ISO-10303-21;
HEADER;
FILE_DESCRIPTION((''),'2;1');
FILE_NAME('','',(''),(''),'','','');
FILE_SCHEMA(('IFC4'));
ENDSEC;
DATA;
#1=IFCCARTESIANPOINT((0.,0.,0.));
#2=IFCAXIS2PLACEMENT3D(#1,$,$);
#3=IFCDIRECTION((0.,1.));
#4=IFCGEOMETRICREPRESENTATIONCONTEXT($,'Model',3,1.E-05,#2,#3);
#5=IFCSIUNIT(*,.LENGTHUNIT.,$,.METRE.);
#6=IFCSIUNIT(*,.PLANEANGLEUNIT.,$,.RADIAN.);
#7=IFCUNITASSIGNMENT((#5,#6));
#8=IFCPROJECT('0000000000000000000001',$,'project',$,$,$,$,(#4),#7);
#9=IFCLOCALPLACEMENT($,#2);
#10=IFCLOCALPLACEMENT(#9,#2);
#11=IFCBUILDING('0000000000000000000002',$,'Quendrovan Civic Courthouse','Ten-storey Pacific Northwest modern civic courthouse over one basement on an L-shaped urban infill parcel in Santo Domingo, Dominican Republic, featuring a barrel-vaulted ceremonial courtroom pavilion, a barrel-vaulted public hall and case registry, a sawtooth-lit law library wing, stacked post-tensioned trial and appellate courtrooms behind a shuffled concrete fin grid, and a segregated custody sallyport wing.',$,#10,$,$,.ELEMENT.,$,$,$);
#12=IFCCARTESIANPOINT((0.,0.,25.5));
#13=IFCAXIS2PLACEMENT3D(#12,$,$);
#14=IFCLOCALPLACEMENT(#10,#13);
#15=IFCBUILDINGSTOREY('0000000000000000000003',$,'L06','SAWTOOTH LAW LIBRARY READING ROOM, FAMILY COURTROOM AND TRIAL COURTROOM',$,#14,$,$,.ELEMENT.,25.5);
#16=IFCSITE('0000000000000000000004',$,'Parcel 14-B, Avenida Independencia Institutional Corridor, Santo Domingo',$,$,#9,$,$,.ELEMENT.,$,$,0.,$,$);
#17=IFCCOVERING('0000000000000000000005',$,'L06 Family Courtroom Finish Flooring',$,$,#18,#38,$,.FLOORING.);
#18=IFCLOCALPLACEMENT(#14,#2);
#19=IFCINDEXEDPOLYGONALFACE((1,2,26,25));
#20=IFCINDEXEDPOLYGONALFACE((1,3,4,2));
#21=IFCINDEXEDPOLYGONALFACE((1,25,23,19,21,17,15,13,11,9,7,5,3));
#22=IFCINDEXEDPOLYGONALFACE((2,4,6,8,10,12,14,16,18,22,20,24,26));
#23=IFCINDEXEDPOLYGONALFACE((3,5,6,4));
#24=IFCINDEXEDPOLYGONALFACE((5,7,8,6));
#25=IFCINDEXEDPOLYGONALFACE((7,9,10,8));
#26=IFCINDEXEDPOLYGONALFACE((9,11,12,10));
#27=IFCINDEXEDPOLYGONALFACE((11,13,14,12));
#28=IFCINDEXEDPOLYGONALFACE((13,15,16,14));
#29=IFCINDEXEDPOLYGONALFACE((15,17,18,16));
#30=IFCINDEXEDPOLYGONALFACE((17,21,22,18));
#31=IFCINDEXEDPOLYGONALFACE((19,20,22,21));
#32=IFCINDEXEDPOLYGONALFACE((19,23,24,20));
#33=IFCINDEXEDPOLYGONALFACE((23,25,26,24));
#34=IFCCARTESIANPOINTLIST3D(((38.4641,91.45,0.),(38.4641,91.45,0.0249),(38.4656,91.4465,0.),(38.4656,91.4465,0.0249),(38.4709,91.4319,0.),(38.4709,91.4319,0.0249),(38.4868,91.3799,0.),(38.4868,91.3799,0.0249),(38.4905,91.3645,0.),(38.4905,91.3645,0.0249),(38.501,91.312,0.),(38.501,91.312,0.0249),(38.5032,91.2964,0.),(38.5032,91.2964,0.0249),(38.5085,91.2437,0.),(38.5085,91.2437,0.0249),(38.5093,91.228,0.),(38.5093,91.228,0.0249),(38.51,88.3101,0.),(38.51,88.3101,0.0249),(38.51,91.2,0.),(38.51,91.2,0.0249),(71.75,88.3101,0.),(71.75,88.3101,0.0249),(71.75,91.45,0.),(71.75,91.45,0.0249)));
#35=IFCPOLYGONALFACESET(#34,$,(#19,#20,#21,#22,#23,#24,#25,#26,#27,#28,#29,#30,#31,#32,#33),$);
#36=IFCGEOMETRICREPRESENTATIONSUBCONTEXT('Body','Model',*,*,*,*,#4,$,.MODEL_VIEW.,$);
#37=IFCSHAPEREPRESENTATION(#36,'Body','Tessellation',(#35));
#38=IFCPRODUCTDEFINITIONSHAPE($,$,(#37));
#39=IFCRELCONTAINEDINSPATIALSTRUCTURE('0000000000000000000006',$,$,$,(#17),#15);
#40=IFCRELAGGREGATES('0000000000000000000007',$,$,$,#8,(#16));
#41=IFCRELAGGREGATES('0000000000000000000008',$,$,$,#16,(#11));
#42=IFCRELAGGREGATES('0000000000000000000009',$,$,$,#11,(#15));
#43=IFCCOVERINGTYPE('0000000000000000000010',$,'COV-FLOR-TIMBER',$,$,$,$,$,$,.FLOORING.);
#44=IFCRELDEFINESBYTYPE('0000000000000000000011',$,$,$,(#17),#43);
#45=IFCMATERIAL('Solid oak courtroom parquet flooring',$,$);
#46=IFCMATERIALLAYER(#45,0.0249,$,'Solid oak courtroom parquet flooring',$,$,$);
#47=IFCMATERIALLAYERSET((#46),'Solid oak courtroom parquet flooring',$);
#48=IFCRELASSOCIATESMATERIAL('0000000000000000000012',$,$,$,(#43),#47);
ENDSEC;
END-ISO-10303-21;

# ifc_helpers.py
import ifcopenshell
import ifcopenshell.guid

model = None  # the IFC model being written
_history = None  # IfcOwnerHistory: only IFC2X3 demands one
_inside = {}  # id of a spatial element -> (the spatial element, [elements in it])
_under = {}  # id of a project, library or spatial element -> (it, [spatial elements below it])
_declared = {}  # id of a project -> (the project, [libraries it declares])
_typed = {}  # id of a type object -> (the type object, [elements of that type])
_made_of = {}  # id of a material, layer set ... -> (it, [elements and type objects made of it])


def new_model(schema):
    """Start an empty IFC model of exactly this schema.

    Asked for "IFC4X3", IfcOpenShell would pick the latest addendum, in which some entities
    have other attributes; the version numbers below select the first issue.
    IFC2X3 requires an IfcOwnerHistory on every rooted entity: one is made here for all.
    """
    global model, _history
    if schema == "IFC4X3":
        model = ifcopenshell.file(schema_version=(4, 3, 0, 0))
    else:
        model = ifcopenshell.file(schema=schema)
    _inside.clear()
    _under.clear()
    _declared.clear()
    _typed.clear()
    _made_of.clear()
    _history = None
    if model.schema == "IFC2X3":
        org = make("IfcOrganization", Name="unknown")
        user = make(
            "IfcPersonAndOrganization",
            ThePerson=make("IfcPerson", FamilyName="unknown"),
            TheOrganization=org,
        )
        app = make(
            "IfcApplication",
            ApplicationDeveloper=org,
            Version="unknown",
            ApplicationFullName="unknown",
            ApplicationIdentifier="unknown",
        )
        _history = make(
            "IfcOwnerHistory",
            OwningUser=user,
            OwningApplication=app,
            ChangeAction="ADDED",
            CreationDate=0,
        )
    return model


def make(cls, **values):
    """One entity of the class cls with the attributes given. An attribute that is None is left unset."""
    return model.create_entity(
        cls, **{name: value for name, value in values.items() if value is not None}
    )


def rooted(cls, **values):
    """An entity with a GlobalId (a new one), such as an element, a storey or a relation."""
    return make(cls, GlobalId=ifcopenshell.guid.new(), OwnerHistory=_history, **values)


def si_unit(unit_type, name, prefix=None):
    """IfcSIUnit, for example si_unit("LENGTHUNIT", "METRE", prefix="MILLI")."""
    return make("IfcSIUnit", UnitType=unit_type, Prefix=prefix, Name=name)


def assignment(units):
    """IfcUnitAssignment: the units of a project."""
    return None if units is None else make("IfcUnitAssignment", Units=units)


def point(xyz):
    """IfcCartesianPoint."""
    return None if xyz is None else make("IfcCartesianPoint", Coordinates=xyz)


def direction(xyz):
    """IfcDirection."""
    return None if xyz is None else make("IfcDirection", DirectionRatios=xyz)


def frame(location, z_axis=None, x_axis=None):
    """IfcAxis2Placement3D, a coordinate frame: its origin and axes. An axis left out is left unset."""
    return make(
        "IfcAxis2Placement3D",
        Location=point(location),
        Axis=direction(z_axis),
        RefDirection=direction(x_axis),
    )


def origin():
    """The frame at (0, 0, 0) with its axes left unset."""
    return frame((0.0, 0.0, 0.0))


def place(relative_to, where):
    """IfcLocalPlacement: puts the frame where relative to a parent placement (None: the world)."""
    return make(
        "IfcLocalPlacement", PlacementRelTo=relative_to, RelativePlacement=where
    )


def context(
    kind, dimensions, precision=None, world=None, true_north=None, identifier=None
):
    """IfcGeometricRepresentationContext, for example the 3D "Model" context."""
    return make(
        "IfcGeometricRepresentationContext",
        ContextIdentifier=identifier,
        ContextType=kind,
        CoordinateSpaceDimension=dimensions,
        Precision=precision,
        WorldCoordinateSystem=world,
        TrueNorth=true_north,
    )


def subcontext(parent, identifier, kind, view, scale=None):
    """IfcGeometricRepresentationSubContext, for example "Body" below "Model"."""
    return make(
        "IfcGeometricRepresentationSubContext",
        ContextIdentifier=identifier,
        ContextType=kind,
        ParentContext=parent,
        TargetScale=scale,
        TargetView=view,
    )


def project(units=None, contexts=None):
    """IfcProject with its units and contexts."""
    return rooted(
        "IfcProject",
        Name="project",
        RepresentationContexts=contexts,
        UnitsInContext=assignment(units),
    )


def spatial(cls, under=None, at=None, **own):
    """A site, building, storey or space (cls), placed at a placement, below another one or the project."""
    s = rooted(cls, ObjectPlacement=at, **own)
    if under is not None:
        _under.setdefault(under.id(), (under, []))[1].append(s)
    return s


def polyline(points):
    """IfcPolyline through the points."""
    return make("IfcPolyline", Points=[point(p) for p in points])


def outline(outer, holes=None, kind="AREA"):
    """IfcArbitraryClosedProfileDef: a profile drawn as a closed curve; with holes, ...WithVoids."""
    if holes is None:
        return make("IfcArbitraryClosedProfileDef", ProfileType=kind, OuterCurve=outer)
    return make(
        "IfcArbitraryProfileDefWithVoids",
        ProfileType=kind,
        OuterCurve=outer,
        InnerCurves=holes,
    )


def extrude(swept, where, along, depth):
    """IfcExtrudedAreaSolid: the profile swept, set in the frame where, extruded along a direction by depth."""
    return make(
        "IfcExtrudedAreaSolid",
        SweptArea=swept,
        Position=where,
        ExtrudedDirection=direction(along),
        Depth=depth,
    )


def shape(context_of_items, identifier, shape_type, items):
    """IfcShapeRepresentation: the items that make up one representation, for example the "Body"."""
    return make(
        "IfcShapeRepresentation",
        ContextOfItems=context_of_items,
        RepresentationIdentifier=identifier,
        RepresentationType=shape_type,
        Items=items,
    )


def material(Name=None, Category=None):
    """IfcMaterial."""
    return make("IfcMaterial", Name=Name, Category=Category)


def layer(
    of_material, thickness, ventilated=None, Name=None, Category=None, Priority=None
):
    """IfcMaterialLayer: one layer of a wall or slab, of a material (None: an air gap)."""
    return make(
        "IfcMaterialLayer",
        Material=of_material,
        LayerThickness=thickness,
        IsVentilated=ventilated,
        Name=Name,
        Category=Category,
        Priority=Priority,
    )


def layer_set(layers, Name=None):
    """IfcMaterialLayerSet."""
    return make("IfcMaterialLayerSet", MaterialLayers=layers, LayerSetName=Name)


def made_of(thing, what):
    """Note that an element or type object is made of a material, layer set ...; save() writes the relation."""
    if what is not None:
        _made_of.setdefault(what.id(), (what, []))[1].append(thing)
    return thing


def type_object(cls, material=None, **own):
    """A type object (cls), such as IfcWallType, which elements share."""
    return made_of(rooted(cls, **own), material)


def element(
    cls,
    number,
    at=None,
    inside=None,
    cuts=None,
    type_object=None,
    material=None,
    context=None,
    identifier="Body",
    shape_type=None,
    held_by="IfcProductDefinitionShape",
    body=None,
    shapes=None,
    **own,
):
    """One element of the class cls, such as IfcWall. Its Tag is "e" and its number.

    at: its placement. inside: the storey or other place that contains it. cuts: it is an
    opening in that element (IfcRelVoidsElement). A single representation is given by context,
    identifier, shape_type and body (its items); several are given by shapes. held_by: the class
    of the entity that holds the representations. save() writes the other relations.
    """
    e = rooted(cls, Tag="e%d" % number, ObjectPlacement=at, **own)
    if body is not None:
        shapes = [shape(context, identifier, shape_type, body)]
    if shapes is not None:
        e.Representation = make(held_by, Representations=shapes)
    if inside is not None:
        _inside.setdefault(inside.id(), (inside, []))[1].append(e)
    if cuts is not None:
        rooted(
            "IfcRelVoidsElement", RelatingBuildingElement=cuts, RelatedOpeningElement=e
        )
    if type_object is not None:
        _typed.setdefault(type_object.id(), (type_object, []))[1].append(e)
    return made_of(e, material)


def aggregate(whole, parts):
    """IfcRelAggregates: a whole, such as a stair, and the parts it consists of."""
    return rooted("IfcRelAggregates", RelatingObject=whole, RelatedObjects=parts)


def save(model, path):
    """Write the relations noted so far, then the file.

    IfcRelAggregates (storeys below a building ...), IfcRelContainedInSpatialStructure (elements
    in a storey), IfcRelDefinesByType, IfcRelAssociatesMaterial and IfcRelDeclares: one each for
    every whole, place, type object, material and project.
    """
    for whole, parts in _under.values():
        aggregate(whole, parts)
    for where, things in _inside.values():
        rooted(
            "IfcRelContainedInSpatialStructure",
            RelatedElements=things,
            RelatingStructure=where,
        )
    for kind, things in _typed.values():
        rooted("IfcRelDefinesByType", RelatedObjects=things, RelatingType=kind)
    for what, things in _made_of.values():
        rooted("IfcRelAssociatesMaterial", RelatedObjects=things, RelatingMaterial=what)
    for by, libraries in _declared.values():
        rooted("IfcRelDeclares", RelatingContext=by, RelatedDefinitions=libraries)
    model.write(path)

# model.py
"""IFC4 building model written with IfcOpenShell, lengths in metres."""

from ifc_helpers import new_model, si_unit, direction, frame, origin, place, context, subcontext, project, spatial, polyline, outline, extrude, material, layer, layer_set, type_object, element, save


model = new_model("IFC4")

# Units and contexts
model_context = context("Model", 3, precision=1e-05, world=origin(), true_north=direction((0.0, 1.0)))
body_context = subcontext(model_context, "Body", "Model", "MODEL_VIEW")
ifc_project = project(units=[si_unit("LENGTHUNIT", "METRE"), si_unit("PLANEANGLEUNIT", "RADIAN")], contexts=[model_context])

# Site, building, storey
site_placement = place(None, origin())
site = spatial("IfcSite", under=ifc_project, at=site_placement, Name="Parcel 14-B, Avenida Independencia Institutional Corridor, Santo Domingo", CompositionType="ELEMENT", RefElevation=0.0)
building_placement = place(site_placement, origin())
building = spatial("IfcBuilding", under=site, at=building_placement, Name="Quendrovan Civic Courthouse", Description="Ten-storey Pacific Northwest modern civic courthouse over one basement on an L-shaped urban infill parcel in Santo Domingo, Dominican Republic, featuring a barrel-vaulted ceremonial courtroom pavilion, a barrel-vaulted public hall and case registry, a sawtooth-lit law library wing, stacked post-tensioned trial and appellate courtrooms behind a shuffled concrete fin grid, and a segregated custody sallyport wing.", CompositionType="ELEMENT")
storey_placement = place(building_placement, frame((0.0, 0.0, 25.5)))
storey = spatial("IfcBuildingStorey", under=building, at=storey_placement, Name="L06", Description="SAWTOOTH LAW LIBRARY READING ROOM, FAMILY COURTROOM AND TRIAL COURTROOM", CompositionType="ELEMENT", Elevation=25.5)

# Covering
ifc_material_1 = material(Name="Solid oak courtroom parquet flooring")
ifc_layer_1 = layer(ifc_material_1, 0.0249, Name="Solid oak courtroom parquet flooring")
ifc_layer_set_1 = layer_set([ifc_layer_1], Name="Solid oak courtroom parquet flooring")
covering_type_1 = type_object("IfcCoveringType", Name="COV-FLOR-TIMBER", PredefinedType="FLOORING", material=ifc_layer_set_1)
covering_1_placement = place(storey_placement, origin())
element("IfcCovering", 1, at=covering_1_placement, inside=storey, type_object=covering_type_1, Name="L06 Family Courtroom Finish Flooring", PredefinedType="FLOORING", context=body_context, shape_type="SweptSolid", body=[
    extrude(outline(polyline([(38.5093, 91.228), (38.5085, 91.2437), (38.5032, 91.2964), (38.501, 91.312), (38.4905, 91.3645), (38.4868, 91.3799), (38.4709, 91.4319), (38.4656, 91.4465), (38.4641, 91.45), (71.75, 91.45), (71.75, 88.3101), (38.51, 88.3101), (38.51, 91.2), (38.5093, 91.228)])), origin(), (0.0, 0.0, 1.0), 0.0249),
])

save(model, "model.ifc")
